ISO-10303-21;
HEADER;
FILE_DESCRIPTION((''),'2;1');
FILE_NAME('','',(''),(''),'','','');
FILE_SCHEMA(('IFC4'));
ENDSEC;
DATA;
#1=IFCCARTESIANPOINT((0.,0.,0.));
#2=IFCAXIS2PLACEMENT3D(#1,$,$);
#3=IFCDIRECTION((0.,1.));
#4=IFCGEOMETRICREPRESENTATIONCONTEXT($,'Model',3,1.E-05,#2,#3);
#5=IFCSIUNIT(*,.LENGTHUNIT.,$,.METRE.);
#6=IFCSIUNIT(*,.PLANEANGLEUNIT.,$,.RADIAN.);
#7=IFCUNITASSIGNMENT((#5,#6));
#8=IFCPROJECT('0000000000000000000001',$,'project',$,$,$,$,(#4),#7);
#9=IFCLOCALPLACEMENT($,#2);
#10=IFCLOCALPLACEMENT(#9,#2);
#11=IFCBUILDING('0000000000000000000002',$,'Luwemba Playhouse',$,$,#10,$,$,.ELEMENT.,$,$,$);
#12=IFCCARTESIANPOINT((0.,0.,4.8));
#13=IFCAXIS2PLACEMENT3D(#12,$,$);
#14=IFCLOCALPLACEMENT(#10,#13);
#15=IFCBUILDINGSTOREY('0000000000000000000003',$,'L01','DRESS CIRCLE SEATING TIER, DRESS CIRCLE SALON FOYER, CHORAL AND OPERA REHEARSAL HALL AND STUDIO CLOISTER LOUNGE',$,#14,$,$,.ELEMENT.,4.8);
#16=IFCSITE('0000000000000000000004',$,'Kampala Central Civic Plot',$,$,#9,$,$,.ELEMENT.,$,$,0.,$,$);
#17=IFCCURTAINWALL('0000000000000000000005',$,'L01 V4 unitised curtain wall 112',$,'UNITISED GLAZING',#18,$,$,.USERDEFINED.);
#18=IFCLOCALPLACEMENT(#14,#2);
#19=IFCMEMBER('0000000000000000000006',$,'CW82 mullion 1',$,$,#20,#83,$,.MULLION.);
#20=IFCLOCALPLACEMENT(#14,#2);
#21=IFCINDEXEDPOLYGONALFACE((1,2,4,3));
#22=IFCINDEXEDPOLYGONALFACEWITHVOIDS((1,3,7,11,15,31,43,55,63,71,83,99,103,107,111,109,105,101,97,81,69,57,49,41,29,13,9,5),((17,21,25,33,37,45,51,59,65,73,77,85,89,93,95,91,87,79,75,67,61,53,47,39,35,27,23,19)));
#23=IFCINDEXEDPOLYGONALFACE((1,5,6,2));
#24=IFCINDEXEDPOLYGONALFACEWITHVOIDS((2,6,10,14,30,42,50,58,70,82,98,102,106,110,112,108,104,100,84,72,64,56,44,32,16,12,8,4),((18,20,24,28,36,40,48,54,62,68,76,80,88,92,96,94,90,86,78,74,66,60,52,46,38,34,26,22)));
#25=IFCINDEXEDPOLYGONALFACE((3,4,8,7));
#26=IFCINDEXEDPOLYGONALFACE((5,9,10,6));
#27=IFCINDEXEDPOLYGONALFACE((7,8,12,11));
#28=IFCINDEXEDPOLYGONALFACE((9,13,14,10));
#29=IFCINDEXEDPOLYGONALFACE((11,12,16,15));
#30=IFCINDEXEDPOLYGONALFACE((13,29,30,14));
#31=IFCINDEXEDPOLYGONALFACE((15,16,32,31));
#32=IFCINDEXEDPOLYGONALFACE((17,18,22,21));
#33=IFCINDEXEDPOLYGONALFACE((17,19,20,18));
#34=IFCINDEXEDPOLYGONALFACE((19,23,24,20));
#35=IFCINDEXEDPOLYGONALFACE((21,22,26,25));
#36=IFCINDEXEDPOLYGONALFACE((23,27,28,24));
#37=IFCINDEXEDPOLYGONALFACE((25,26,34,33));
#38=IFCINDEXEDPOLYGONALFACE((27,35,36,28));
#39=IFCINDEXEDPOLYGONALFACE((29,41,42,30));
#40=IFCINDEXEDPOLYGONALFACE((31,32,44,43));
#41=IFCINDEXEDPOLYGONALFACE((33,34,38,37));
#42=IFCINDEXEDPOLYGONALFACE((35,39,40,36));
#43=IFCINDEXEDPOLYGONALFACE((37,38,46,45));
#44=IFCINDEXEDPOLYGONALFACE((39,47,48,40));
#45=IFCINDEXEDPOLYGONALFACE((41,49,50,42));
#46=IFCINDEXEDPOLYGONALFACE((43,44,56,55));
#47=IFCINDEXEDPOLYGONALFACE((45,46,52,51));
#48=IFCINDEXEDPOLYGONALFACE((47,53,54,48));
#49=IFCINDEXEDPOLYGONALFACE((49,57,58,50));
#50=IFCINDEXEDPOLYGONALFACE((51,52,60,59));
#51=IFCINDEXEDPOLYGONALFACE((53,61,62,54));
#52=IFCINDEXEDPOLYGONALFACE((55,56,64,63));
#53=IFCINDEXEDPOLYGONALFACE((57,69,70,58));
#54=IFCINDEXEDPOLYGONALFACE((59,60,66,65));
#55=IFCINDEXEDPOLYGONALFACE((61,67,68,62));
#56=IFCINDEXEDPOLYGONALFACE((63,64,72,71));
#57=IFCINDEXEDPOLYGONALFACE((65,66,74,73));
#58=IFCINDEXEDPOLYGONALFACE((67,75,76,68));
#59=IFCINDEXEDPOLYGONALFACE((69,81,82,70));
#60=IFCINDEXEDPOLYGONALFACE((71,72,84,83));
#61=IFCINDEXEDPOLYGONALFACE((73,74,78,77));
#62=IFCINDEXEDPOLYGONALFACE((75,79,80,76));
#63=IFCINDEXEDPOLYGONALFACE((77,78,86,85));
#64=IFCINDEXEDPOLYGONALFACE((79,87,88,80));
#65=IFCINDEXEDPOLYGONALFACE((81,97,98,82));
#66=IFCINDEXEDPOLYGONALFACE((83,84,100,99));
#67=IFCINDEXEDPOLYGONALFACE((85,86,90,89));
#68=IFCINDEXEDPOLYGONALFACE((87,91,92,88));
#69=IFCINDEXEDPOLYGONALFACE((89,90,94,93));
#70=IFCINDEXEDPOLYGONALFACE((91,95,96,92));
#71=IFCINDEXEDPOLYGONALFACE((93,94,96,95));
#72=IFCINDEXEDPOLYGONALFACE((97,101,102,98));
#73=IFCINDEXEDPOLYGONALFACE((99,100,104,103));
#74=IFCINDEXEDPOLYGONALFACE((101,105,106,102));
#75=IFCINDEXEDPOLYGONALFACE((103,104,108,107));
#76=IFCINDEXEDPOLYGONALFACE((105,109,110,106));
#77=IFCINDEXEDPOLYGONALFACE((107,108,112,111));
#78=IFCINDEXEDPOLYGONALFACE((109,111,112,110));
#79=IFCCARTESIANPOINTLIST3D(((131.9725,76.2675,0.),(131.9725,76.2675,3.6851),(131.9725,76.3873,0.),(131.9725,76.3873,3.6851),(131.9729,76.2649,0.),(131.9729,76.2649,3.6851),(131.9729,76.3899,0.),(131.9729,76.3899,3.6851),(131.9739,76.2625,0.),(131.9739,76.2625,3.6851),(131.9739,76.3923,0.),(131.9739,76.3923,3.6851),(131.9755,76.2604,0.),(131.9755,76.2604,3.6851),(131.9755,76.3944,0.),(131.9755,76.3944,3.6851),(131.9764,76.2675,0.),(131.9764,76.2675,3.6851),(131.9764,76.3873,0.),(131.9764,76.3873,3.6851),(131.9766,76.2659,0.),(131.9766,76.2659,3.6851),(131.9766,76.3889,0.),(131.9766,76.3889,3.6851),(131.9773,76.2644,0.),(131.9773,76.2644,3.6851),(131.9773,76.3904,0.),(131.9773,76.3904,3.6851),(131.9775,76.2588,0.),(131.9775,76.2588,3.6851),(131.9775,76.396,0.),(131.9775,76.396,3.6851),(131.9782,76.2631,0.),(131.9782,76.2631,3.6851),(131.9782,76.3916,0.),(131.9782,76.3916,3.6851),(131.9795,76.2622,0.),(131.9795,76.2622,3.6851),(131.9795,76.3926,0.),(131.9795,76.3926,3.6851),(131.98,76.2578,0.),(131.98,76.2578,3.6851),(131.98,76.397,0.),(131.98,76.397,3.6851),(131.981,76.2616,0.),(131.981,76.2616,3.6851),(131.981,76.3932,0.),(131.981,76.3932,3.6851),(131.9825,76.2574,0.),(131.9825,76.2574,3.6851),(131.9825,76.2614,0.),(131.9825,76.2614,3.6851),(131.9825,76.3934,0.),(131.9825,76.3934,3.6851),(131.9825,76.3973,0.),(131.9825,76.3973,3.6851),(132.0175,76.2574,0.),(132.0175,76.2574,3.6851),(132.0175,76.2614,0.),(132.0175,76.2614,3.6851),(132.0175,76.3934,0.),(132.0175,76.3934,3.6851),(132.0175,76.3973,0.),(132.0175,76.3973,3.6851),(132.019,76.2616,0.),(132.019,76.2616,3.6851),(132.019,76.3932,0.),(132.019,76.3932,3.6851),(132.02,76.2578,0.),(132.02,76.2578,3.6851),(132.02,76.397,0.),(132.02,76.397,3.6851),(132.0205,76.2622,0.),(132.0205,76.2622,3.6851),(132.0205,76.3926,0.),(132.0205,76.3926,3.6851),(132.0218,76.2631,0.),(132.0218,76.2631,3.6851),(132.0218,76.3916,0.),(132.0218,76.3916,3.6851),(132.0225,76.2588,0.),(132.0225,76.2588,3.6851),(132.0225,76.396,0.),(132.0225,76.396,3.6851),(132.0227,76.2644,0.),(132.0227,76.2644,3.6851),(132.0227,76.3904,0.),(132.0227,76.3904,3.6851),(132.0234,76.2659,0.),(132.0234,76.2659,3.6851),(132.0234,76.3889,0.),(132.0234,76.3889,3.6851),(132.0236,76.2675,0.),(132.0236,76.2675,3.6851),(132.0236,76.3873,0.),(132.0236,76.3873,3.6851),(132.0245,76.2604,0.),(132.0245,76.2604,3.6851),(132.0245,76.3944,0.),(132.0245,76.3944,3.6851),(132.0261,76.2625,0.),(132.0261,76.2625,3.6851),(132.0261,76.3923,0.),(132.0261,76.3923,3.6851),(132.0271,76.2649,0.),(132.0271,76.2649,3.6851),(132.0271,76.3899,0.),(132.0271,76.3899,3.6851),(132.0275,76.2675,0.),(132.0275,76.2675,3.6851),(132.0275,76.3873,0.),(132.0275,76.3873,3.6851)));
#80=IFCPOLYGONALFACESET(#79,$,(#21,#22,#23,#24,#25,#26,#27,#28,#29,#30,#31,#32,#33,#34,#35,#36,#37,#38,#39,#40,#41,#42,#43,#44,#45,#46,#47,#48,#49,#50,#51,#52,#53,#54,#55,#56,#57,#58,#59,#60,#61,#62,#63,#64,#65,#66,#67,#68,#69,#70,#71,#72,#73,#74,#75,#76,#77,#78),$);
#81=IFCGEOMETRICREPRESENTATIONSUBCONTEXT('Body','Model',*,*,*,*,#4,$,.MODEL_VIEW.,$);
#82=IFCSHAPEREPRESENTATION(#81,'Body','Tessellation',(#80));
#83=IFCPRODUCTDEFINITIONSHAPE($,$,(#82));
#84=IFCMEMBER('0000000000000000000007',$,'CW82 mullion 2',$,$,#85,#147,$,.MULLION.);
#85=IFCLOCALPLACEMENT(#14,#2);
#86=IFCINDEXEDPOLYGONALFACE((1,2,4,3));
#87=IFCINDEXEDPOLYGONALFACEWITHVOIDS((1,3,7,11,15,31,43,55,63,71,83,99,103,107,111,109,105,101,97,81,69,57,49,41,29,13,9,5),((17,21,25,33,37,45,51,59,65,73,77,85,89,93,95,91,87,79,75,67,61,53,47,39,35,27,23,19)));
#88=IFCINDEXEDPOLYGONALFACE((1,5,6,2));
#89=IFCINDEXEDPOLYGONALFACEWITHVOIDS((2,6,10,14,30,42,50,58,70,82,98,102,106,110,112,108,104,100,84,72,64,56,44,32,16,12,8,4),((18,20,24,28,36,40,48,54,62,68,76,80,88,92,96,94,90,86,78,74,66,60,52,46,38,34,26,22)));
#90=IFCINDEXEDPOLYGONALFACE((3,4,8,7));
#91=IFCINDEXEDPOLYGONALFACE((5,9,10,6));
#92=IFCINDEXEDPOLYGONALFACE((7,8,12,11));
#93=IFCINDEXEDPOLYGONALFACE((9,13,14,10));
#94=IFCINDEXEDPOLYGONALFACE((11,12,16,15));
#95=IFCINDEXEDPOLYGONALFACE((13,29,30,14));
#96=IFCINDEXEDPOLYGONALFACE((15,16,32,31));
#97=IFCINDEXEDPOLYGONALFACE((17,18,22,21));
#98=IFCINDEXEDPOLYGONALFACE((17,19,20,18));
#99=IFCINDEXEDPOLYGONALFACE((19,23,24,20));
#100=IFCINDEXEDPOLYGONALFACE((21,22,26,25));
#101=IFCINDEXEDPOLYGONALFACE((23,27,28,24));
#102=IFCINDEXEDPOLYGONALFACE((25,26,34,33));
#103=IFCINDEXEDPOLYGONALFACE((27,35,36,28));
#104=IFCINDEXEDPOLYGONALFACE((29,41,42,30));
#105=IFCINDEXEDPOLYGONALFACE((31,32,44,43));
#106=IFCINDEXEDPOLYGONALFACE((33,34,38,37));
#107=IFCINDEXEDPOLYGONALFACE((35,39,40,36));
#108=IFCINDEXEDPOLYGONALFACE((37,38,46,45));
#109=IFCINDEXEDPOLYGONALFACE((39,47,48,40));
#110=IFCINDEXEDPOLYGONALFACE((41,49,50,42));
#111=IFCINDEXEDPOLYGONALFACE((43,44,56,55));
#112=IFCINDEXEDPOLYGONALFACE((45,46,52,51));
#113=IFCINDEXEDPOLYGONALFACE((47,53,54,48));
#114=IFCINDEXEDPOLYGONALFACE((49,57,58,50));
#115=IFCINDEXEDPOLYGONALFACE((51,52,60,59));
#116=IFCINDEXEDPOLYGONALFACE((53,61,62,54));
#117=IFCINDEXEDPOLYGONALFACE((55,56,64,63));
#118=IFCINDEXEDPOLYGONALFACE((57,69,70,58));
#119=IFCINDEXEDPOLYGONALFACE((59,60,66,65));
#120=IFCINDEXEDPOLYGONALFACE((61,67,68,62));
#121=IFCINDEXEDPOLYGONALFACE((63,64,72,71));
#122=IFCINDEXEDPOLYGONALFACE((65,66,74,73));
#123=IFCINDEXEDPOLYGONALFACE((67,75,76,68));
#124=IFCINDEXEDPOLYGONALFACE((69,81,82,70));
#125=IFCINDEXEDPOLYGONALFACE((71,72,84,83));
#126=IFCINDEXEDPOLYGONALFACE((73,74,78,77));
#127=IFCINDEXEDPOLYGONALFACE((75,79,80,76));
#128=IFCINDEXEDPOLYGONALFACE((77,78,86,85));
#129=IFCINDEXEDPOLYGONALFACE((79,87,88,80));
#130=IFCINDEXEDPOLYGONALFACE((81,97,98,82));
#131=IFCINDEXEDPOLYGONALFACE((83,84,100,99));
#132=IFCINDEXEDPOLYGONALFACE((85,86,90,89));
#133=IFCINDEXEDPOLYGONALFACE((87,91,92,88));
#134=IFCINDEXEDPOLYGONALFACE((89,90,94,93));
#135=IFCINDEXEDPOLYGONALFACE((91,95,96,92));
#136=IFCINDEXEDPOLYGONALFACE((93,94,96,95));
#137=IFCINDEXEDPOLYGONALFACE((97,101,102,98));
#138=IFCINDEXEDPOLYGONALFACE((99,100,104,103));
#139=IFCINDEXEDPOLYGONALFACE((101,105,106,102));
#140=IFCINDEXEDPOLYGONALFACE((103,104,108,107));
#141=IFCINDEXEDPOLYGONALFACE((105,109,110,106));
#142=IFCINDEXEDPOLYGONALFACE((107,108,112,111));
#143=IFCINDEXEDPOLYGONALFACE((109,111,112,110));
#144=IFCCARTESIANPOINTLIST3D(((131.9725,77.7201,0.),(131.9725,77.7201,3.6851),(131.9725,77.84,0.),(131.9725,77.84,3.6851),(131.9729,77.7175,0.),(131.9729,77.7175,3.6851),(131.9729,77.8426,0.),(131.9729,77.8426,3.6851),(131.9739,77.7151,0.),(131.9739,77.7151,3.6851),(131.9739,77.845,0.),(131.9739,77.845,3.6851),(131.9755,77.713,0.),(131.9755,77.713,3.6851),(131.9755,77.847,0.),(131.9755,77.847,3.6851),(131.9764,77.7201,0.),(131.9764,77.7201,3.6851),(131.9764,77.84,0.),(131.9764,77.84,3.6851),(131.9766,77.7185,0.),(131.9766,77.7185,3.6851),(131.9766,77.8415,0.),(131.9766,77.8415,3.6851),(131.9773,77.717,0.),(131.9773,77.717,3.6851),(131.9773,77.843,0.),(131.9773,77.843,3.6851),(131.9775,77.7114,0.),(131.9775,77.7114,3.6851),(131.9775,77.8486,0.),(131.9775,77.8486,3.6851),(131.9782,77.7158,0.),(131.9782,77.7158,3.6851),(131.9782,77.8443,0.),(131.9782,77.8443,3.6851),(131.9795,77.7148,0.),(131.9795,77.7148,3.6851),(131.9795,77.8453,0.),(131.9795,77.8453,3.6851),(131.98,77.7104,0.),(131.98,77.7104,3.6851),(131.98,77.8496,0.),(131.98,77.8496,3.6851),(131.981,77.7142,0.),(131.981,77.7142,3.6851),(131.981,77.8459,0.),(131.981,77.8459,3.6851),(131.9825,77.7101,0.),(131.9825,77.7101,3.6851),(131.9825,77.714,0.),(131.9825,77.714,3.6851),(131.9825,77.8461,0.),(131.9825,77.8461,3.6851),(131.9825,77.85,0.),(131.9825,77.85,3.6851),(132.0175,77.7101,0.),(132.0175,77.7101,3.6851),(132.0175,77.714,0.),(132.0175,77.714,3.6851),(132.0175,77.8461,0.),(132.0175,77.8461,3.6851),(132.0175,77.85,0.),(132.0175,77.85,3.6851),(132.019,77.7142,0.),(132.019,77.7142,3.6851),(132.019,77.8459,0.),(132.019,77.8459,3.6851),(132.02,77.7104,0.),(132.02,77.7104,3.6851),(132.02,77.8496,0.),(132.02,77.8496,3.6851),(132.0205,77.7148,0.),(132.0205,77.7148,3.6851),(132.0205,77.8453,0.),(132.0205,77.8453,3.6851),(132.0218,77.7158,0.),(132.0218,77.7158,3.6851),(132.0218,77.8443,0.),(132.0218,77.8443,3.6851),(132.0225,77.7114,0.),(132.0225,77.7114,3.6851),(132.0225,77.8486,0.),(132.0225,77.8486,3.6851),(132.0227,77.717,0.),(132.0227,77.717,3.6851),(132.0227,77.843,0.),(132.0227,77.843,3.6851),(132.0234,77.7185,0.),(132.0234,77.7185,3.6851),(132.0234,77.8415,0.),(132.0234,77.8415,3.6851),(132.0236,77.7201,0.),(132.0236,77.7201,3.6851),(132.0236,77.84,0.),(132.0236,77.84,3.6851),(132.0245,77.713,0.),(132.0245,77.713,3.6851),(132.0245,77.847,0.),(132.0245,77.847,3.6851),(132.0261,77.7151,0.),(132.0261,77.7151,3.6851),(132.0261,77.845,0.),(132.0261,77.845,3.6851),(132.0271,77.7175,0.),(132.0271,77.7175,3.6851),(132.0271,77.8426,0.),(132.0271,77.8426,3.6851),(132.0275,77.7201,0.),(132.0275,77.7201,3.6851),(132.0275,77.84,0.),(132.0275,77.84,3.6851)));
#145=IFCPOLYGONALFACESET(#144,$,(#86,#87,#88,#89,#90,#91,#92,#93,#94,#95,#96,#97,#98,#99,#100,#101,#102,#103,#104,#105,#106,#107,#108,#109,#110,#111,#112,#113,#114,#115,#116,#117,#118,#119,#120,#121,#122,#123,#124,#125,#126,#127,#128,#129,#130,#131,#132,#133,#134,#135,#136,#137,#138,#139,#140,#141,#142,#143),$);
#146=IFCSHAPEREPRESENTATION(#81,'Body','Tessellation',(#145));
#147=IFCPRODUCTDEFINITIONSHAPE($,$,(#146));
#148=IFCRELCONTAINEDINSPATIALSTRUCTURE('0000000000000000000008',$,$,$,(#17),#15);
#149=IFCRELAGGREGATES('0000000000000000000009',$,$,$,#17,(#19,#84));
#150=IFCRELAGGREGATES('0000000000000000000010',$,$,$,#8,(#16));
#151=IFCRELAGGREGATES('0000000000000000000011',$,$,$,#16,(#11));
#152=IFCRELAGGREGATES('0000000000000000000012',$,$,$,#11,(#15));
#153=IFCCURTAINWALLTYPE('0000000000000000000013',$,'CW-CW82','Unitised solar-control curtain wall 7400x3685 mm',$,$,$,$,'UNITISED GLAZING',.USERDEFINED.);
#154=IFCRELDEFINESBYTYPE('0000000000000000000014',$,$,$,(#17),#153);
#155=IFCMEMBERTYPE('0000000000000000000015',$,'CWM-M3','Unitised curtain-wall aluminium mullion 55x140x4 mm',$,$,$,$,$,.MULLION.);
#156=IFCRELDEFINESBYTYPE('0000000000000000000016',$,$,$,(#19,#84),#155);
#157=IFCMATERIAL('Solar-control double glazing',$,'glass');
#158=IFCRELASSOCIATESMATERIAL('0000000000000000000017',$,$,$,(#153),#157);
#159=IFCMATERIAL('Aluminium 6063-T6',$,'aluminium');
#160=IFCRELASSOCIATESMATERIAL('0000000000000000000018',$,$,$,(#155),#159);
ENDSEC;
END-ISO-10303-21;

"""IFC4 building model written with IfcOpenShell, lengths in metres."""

from ifc_helpers import new_model, si_unit, direction, frame, origin, origin_2d, place, context, subcontext, project, spatial, hollow_rectangle, extrude, material, material_profile, profile_set, type_object, element, aggregate, save


model = new_model("IFC4")

# Units and contexts
model_context = context("Model", 3, precision=1e-05, world=origin(), true_north=direction((0.0, 1.0)))
body_context = subcontext(model_context, "Body", "Model", "MODEL_VIEW")
ifc_project = project(units=[si_unit("LENGTHUNIT", "METRE"), si_unit("PLANEANGLEUNIT", "RADIAN")], contexts=[model_context])

# Site, building, storey
site_placement = place(None, origin())
site = spatial("IfcSite", under=ifc_project, at=site_placement, Name="Kampala Central Civic Plot", CompositionType="ELEMENT", RefElevation=0.0)
building_placement = place(site_placement, origin())
building = spatial("IfcBuilding", under=site, at=building_placement, Name="Luwemba Playhouse", CompositionType="ELEMENT")
storey_placement = place(building_placement, frame((0.0, 0.0, 4.8)))
storey = spatial("IfcBuildingStorey", under=building, at=storey_placement, Name="L01", Description="DRESS CIRCLE SEATING TIER, DRESS CIRCLE SALON FOYER, CHORAL AND OPERA REHEARSAL HALL AND STUDIO CLOISTER LOUNGE", CompositionType="ELEMENT", Elevation=4.8)

# Curtain wall, members
ifc_material_1 = material(Name="Solar-control double glazing", Category="glass")
curtain_wall_type_1 = type_object("IfcCurtainWallType", Name="CW-CW82", Description="Unitised solar-control curtain wall 7400x3685 mm", ElementType="UNITISED GLAZING", PredefinedType="USERDEFINED", material=ifc_material_1)
curtain_wall_1_placement = place(storey_placement, origin())
curtain_wall_1 = element("IfcCurtainWall", 1, at=curtain_wall_1_placement, inside=storey, type_object=curtain_wall_type_1, Name="L01 V4 unitised curtain wall 112", ObjectType="UNITISED GLAZING", PredefinedType="USERDEFINED")
ifc_material_2 = material(Name="Aluminium 6063-T6", Category="aluminium")
ifc_material_profile_1 = material_profile(ifc_material_2, hollow_rectangle(XDim=0.0549, YDim=0.1399, WallThickness=0.0039, InnerFilletRadius=0.0061, OuterFilletRadius=0.01, at=origin_2d()))
ifc_profile_set_1 = profile_set([ifc_material_profile_1], Name="Aluminium 6063-T6")
member_type_1 = type_object("IfcMemberType", Name="CWM-M3", Description="Unitised curtain-wall aluminium mullion 55x140x4 mm", PredefinedType="MULLION", material=ifc_profile_set_1)
member_1_placement = place(storey_placement, frame((132.0, 76.3274, 0.0), z_axis=(0.0, 0.0, 1.0), x_axis=(-1.0, 0.0, 0.0)))
member_1 = element("IfcMember", 2, at=member_1_placement, type_object=member_type_1, Name="CW82 mullion 1", PredefinedType="MULLION", context=body_context, shape_type="SweptSolid", body=[
    extrude(hollow_rectangle(XDim=0.0549, YDim=0.1399, WallThickness=0.0039, InnerFilletRadius=0.0061, OuterFilletRadius=0.01, at=origin_2d()), origin(), (0.0, 0.0, 1.0), 3.6851),
])
member_2_placement = place(storey_placement, frame((132.0, 77.78, 0.0), z_axis=(0.0, 0.0, 1.0), x_axis=(-1.0, 0.0, 0.0)))
member_2 = element("IfcMember", 3, at=member_2_placement, type_object=member_type_1, Name="CW82 mullion 2", PredefinedType="MULLION", context=body_context, shape_type="SweptSolid", body=[
    extrude(hollow_rectangle(XDim=0.0549, YDim=0.1399, WallThickness=0.0039, InnerFilletRadius=0.0061, OuterFilletRadius=0.01, at=origin_2d()), origin(), (0.0, 0.0, 1.0), 3.6851),
])

aggregate(curtain_wall_1, [member_1, member_2])

save(model, "model.ifc")
